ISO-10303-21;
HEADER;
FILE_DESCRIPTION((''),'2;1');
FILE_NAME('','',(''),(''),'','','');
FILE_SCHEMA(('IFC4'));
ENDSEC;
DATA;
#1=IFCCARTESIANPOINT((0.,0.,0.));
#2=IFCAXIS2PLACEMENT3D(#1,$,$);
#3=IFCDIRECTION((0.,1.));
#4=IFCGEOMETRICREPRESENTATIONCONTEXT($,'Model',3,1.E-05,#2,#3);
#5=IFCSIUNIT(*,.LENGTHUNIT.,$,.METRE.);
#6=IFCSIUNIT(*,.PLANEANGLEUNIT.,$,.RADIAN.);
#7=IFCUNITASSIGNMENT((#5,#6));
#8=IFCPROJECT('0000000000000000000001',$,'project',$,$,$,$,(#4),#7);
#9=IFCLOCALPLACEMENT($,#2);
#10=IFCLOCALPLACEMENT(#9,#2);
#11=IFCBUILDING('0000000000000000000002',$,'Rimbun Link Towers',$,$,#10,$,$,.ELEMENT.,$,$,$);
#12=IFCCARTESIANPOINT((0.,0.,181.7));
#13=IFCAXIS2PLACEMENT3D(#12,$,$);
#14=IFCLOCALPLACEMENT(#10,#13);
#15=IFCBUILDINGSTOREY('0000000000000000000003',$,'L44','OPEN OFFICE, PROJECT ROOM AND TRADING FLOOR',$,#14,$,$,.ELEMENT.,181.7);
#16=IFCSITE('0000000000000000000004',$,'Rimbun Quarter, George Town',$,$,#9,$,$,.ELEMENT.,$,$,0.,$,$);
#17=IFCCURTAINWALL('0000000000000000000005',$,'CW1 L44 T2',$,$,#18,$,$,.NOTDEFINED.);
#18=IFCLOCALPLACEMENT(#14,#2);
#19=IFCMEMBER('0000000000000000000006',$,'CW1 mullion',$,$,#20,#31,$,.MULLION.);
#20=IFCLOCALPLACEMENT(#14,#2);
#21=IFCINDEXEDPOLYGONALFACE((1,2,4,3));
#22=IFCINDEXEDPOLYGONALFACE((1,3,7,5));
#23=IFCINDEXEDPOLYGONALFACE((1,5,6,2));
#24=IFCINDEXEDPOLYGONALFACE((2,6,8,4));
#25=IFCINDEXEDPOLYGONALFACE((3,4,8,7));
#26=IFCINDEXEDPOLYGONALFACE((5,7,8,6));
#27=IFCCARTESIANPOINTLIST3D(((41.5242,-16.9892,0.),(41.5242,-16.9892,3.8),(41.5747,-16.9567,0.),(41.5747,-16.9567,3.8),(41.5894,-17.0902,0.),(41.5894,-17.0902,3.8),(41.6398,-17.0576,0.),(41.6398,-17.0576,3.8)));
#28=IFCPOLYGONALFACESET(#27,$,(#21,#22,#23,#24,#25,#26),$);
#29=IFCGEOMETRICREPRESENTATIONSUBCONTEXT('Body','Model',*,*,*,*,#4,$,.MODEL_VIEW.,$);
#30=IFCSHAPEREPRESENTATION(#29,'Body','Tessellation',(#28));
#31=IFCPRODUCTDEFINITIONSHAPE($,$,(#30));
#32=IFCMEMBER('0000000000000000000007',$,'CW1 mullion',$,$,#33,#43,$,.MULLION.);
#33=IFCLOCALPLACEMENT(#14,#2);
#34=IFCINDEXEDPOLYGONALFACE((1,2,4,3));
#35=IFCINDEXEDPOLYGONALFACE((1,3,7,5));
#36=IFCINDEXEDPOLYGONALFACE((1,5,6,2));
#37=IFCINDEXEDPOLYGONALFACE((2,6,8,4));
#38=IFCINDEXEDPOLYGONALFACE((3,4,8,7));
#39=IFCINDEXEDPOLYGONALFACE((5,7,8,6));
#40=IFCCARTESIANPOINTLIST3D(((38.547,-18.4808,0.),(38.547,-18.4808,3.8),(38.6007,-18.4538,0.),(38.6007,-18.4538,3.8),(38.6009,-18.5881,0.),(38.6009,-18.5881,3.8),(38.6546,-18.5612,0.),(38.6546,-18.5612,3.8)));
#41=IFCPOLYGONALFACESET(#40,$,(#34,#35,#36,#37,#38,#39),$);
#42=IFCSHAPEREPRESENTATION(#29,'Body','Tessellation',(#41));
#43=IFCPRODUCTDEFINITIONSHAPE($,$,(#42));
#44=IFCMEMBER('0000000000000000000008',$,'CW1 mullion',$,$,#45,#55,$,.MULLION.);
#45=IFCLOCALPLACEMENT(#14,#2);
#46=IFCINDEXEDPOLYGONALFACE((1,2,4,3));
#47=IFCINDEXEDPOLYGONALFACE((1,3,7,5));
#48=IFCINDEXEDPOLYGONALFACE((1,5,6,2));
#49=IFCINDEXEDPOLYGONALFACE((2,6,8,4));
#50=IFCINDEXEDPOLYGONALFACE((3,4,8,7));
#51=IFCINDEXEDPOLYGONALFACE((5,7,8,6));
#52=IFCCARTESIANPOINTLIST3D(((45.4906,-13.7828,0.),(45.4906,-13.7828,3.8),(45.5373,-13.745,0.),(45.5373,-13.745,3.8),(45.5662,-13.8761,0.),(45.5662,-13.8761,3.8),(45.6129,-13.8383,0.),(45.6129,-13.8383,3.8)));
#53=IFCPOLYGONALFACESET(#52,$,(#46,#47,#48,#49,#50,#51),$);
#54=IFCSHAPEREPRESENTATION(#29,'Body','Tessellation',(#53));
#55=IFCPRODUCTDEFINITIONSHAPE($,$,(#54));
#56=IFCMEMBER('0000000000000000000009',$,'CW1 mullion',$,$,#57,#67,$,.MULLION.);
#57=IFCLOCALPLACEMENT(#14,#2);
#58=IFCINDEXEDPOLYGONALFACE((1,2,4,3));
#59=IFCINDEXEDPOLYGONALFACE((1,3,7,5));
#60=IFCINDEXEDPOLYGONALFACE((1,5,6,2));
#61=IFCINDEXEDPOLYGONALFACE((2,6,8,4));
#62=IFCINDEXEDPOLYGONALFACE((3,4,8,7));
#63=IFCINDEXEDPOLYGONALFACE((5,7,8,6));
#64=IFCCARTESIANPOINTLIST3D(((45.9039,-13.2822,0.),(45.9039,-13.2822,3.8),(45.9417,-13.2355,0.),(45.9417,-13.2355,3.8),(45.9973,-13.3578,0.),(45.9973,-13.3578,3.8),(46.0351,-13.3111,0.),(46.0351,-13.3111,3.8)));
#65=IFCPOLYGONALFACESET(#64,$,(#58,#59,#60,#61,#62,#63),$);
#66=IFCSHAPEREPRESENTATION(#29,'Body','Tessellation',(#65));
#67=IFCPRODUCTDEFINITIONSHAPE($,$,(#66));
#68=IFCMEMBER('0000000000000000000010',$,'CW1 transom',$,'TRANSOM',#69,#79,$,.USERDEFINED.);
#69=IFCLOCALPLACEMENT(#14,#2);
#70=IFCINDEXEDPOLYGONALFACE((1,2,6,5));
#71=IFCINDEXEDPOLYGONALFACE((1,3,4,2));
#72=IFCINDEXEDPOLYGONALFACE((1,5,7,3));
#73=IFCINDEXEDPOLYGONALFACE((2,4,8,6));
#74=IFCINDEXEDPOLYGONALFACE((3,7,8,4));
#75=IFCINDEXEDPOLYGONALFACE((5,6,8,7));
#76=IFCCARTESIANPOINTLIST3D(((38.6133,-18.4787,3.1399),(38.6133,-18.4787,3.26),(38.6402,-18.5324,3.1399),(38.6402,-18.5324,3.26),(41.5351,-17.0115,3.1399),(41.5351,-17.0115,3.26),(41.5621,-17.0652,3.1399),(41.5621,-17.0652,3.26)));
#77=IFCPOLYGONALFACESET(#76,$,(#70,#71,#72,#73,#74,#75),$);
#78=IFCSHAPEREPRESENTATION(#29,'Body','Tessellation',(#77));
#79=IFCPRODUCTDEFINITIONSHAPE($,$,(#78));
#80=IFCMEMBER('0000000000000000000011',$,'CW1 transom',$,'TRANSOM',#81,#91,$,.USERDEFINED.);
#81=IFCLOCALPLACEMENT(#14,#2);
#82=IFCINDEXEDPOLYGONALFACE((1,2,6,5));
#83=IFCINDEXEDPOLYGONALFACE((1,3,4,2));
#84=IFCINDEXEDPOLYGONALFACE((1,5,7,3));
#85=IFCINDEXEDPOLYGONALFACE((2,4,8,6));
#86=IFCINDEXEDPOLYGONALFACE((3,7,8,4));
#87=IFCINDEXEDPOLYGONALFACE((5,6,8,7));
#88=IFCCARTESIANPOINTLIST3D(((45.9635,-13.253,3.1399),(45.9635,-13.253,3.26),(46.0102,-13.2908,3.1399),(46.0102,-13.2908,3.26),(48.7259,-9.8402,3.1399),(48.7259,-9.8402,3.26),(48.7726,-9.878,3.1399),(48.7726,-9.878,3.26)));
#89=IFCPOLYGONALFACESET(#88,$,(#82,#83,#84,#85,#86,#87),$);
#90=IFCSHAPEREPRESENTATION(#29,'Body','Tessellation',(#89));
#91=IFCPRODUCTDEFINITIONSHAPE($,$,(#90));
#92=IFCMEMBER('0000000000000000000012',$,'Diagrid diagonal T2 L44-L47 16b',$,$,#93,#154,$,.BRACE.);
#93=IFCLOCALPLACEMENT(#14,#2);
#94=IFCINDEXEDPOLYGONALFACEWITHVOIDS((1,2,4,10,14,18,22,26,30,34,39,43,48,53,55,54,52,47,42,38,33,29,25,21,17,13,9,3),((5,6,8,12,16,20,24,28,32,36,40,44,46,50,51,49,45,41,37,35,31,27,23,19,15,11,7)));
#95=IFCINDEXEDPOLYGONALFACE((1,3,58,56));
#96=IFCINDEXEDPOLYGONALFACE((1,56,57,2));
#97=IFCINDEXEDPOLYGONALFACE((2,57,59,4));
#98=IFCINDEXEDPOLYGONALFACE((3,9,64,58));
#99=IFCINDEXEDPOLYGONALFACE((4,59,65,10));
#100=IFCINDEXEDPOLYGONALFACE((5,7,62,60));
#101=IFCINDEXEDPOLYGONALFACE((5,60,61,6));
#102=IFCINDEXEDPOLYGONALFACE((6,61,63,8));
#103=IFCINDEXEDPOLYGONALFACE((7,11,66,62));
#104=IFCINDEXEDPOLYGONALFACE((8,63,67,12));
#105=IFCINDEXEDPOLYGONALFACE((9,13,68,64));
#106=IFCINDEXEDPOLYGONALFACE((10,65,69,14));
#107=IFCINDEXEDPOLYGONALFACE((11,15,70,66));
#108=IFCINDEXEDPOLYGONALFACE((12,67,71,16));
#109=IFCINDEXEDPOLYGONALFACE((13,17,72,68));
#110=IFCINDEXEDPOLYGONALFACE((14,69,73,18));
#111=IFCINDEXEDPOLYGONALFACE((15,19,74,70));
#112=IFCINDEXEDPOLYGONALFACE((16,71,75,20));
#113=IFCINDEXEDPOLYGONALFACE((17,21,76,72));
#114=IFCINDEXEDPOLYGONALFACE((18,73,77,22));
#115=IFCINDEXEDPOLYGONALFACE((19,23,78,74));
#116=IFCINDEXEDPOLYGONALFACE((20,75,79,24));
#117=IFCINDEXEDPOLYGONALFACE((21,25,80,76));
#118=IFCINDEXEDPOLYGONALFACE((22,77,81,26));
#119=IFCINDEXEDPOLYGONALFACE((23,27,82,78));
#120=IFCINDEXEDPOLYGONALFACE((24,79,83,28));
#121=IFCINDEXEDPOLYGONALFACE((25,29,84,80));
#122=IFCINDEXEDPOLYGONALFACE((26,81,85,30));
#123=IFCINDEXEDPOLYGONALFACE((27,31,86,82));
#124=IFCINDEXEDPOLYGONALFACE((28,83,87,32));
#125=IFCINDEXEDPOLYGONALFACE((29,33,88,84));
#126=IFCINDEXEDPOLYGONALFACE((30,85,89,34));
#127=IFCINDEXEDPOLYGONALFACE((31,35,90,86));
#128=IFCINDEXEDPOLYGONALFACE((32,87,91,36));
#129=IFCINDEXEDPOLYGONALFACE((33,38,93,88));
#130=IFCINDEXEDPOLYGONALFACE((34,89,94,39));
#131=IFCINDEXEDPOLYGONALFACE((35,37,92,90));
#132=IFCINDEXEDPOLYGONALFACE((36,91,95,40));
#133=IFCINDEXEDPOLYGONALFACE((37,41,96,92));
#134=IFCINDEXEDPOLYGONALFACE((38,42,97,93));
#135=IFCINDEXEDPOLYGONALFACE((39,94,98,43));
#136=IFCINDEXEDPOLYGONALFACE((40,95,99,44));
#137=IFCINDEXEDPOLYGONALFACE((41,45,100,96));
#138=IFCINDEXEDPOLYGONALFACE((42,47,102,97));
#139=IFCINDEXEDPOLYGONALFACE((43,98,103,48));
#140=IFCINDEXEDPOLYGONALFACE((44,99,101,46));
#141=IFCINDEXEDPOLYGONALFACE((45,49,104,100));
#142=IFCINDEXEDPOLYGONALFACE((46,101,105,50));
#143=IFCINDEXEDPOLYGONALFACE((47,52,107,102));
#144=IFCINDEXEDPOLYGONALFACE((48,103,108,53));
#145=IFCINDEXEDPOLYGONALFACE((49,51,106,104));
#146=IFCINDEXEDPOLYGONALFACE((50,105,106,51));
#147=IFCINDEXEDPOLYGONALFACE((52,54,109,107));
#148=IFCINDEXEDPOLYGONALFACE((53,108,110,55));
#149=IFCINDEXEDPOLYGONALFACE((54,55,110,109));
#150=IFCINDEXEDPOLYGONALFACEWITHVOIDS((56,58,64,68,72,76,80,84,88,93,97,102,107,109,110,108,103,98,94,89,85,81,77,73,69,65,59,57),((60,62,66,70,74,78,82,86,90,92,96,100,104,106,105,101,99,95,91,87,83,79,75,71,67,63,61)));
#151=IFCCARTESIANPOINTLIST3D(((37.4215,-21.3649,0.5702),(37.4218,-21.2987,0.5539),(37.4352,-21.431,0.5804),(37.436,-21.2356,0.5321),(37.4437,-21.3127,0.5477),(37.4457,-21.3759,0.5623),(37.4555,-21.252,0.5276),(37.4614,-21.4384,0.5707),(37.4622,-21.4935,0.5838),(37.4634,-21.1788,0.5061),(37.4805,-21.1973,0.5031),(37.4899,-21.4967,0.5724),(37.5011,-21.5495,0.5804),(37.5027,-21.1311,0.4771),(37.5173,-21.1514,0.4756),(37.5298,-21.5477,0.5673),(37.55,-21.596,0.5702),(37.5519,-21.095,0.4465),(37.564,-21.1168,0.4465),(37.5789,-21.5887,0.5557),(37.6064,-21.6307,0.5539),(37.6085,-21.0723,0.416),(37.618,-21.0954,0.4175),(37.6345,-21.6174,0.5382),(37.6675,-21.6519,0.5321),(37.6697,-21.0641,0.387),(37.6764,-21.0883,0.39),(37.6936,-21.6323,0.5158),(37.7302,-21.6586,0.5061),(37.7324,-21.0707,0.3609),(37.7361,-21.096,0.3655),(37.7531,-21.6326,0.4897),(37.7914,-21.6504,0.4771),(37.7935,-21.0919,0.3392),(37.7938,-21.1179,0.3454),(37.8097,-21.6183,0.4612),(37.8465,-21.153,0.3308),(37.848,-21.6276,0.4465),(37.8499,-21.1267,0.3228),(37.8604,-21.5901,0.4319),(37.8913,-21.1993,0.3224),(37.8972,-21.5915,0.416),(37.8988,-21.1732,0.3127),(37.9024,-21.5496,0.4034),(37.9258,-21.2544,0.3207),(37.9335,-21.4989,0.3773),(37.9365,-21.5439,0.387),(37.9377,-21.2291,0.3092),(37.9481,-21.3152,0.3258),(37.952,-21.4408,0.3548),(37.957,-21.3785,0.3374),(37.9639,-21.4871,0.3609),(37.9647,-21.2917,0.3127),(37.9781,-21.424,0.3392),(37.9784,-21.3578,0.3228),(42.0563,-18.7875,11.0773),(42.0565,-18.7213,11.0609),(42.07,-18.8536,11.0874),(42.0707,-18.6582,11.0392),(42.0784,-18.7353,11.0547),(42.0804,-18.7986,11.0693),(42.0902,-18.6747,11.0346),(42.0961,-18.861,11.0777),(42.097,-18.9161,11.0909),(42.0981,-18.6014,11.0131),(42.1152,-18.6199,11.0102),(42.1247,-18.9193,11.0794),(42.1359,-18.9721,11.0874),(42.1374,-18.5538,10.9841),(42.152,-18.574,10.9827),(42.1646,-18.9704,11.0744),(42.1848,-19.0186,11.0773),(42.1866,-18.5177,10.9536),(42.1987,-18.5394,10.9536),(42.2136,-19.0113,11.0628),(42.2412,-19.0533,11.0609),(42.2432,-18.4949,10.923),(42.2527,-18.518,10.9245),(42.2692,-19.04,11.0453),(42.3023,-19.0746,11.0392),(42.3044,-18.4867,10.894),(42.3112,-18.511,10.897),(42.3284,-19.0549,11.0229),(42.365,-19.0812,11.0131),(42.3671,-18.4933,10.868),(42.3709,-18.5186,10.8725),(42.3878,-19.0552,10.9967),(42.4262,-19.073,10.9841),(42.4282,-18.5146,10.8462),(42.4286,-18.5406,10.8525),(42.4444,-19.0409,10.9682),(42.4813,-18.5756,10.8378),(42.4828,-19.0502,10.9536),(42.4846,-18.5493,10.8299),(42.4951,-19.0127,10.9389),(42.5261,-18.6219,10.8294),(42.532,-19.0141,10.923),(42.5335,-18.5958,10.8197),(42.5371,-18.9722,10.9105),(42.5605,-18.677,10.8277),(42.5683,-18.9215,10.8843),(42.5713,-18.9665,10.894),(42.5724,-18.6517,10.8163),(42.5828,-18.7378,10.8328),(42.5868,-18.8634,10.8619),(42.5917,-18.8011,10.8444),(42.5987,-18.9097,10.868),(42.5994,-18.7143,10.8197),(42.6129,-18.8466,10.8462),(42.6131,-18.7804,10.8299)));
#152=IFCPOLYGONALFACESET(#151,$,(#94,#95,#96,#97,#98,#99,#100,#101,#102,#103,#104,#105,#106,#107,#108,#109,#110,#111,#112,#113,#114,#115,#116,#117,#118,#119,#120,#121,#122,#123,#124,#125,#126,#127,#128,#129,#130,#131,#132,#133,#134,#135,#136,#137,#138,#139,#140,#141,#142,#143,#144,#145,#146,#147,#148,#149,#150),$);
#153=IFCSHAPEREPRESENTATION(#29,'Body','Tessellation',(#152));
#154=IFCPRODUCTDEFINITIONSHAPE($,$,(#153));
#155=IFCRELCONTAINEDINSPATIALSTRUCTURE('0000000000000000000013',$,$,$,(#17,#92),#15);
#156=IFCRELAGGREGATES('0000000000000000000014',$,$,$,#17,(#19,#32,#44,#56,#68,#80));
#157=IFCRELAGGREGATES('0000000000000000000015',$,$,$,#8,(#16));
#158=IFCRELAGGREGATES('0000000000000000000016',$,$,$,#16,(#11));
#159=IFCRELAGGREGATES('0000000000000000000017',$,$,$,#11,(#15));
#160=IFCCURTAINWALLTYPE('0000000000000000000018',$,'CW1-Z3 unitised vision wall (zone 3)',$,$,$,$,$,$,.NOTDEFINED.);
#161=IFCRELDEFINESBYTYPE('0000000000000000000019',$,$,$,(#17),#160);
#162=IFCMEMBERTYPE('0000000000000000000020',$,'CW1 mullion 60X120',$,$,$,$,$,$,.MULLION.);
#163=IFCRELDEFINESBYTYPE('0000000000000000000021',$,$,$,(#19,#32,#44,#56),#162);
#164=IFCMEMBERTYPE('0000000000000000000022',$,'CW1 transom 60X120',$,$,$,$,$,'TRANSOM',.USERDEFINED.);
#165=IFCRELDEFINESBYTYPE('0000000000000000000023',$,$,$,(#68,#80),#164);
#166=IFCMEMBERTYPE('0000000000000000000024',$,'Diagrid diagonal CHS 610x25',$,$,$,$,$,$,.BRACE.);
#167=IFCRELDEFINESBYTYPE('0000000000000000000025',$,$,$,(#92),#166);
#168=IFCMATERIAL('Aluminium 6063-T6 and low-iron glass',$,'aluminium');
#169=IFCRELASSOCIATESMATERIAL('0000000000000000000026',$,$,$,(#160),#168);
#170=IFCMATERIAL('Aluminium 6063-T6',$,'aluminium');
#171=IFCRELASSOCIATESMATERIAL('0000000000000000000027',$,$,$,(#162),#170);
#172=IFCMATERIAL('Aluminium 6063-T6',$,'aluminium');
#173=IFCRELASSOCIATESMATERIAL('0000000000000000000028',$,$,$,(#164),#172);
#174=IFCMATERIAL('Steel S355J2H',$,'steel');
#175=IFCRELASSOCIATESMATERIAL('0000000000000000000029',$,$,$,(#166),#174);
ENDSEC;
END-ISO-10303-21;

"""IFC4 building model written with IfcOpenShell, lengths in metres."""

from ifc_helpers import new_model, si_unit, direction, frame, origin, origin_2d, place, context, subcontext, project, spatial, rectangle, hollow_circle, extrude, material, material_profile, profile_set, type_object, element, aggregate, save


model = new_model("IFC4")

# Units and contexts
model_context = context("Model", 3, precision=1e-05, world=origin(), true_north=direction((0.0, 1.0)))
body_context = subcontext(model_context, "Body", "Model", "MODEL_VIEW")
ifc_project = project(units=[si_unit("LENGTHUNIT", "METRE"), si_unit("PLANEANGLEUNIT", "RADIAN")], contexts=[model_context])

# Site, building, storey
site_placement = place(None, origin())
site = spatial("IfcSite", under=ifc_project, at=site_placement, Name="Rimbun Quarter, George Town", CompositionType="ELEMENT", RefElevation=0.0)
building_placement = place(site_placement, origin())
building = spatial("IfcBuilding", under=site, at=building_placement, Name="Rimbun Link Towers", CompositionType="ELEMENT")
storey_placement = place(building_placement, frame((0.0, 0.0, 181.7)))
storey = spatial("IfcBuildingStorey", under=building, at=storey_placement, Name="L44", Description="OPEN OFFICE, PROJECT ROOM AND TRADING FLOOR", CompositionType="ELEMENT", Elevation=181.7)

# Curtain wall, members
ifc_material_1 = material(Name="Aluminium 6063-T6 and low-iron glass", Category="aluminium")
curtain_wall_type = type_object("IfcCurtainWallType", Name="CW1-Z3 unitised vision wall (zone 3)", PredefinedType="NOTDEFINED", material=ifc_material_1)
curtain_wall_placement = place(storey_placement, origin())
curtain_wall = element("IfcCurtainWall", 1, at=curtain_wall_placement, inside=storey, type_object=curtain_wall_type, Name="CW1 L44 T2", PredefinedType="NOTDEFINED")
ifc_material_2 = material(Name="Aluminium 6063-T6", Category="aluminium")
ifc_material_profile_1 = material_profile(ifc_material_2, rectangle(XDim=0.1201, YDim=0.0601, at=origin_2d()), Name="MULLION 60X120")
ifc_profile_set_1 = profile_set([ifc_material_profile_1], Name="Aluminium 6063-T6")
member_type_1 = type_object("IfcMemberType", Name="CW1 mullion 60X120", PredefinedType="MULLION", material=ifc_profile_set_1)
member_1_placement = place(storey_placement, frame((41.582, -17.0234, 0.0), z_axis=(0.0, 0.0, 1.0), x_axis=(0.542094, -0.840318, 0.0)))
member_1 = element("IfcMember", 2, at=member_1_placement, type_object=member_type_1, Name="CW1 mullion", PredefinedType="MULLION", context=body_context, shape_type="SweptSolid", body=[
    extrude(rectangle(XDim=0.1201, YDim=0.0601, at=origin_2d()), origin(), (0.0, 0.0, 1.0), 3.8),
])
member_2_placement = place(storey_placement, frame((38.6008, -18.521, 0.0), z_axis=(0.0, 0.0, 1.0), x_axis=(0.448781, -0.893642, 0.0)))
member_2 = element("IfcMember", 3, at=member_2_placement, type_object=member_type_1, Name="CW1 mullion", PredefinedType="MULLION", context=body_context, shape_type="SweptSolid", body=[
    extrude(rectangle(XDim=0.1201, YDim=0.0601, at=origin_2d()), origin(), (0.0, 0.0, 1.0), 3.8),
])
member_3_placement = place(storey_placement, frame((45.5518, -13.8105, 0.0), z_axis=(0.0, 0.0, 1.0), x_axis=(0.629146, -0.777287, 0.0)))
member_3 = element("IfcMember", 4, at=member_3_placement, type_object=member_type_1, Name="CW1 mullion", PredefinedType="MULLION", context=body_context, shape_type="SweptSolid", body=[
    extrude(rectangle(XDim=0.1201, YDim=0.0601, at=origin_2d()), origin(), (0.0, 0.0, 1.0), 3.8),
])
member_4_placement = place(storey_placement, frame((45.9695, -13.2966, 0.0), z_axis=(0.0, 0.0, 1.0), x_axis=(0.777287, -0.629146, 0.0)))
member_4 = element("IfcMember", 5, at=member_4_placement, type_object=member_type_1, Name="CW1 mullion", PredefinedType="MULLION", context=body_context, shape_type="SweptSolid", body=[
    extrude(rectangle(XDim=0.1201, YDim=0.0601, at=origin_2d()), origin(), (0.0, 0.0, 1.0), 3.8),
])
ifc_material_3 = material(Name="Aluminium 6063-T6", Category="aluminium")
ifc_material_profile_2 = material_profile(ifc_material_3, rectangle(XDim=0.0601, YDim=0.1201, at=origin_2d()), Name="TRANSOM 60X120")
ifc_profile_set_2 = profile_set([ifc_material_profile_2], Name="Aluminium 6063-T6")
member_type_2 = type_object("IfcMemberType", Name="CW1 transom 60X120", ElementType="TRANSOM", PredefinedType="USERDEFINED", material=ifc_profile_set_2)
member_5_placement = place(storey_placement, frame((41.5486, -17.0383, 3.2), z_axis=(-0.893649, -0.448766, 0.0), x_axis=(0.448766, -0.893649, 0.0)))
member_5 = element("IfcMember", 6, at=member_5_placement, type_object=member_type_2, Name="CW1 transom", ObjectType="TRANSOM", PredefinedType="USERDEFINED", context=body_context, shape_type="SweptSolid", body=[
    extrude(rectangle(XDim=0.0601, YDim=0.1201, at=origin_2d()), origin(), (0.0, 0.0, 1.0), 3.2695),
])
member_6_placement = place(storey_placement, frame((48.7493, -9.8591, 3.2), z_axis=(-0.629153, -0.777281, 0.0), x_axis=(0.777281, -0.629153, 0.0)))
member_6 = element("IfcMember", 7, at=member_6_placement, type_object=member_type_2, Name="CW1 transom", ObjectType="TRANSOM", PredefinedType="USERDEFINED", context=body_context, shape_type="SweptSolid", body=[
    extrude(rectangle(XDim=0.0601, YDim=0.1201, at=origin_2d()), origin(), (0.0, 0.0, 1.0), 4.3906),
])

# Member
ifc_material_4 = material(Name="Steel S355J2H", Category="steel")
ifc_material_profile_3 = material_profile(ifc_material_4, hollow_circle(Radius=0.3047, WallThickness=0.0249, at=origin_2d()), Name="Diagrid diagonal CHS 610x25")
ifc_profile_set_3 = profile_set([ifc_material_profile_3], Name="Steel S355J2H")
member_type_3 = type_object("IfcMemberType", Name="Diagrid diagonal CHS 610x25", PredefinedType="BRACE", material=ifc_profile_set_3)
member_7_placement = place(storey_placement, frame((37.7, -21.3613, 0.4465), z_axis=(0.393792, 0.218988, 0.892733), x_axis=(-0.486006, 0.873955, 0.0)))
element("IfcMember", 8, at=member_7_placement, inside=storey, type_object=member_type_3, Name="Diagrid diagonal T2 L44-L47 16b", PredefinedType="BRACE", context=body_context, shape_type="SweptSolid", body=[
    extrude(hollow_circle(Radius=0.3047, WallThickness=0.0249, at=origin_2d()), origin(), (0.0, 0.0, 1.0), 11.7695),
])

aggregate(curtain_wall, [member_1, member_2, member_3, member_4, member_5, member_6])

save(model, "model.ifc")
